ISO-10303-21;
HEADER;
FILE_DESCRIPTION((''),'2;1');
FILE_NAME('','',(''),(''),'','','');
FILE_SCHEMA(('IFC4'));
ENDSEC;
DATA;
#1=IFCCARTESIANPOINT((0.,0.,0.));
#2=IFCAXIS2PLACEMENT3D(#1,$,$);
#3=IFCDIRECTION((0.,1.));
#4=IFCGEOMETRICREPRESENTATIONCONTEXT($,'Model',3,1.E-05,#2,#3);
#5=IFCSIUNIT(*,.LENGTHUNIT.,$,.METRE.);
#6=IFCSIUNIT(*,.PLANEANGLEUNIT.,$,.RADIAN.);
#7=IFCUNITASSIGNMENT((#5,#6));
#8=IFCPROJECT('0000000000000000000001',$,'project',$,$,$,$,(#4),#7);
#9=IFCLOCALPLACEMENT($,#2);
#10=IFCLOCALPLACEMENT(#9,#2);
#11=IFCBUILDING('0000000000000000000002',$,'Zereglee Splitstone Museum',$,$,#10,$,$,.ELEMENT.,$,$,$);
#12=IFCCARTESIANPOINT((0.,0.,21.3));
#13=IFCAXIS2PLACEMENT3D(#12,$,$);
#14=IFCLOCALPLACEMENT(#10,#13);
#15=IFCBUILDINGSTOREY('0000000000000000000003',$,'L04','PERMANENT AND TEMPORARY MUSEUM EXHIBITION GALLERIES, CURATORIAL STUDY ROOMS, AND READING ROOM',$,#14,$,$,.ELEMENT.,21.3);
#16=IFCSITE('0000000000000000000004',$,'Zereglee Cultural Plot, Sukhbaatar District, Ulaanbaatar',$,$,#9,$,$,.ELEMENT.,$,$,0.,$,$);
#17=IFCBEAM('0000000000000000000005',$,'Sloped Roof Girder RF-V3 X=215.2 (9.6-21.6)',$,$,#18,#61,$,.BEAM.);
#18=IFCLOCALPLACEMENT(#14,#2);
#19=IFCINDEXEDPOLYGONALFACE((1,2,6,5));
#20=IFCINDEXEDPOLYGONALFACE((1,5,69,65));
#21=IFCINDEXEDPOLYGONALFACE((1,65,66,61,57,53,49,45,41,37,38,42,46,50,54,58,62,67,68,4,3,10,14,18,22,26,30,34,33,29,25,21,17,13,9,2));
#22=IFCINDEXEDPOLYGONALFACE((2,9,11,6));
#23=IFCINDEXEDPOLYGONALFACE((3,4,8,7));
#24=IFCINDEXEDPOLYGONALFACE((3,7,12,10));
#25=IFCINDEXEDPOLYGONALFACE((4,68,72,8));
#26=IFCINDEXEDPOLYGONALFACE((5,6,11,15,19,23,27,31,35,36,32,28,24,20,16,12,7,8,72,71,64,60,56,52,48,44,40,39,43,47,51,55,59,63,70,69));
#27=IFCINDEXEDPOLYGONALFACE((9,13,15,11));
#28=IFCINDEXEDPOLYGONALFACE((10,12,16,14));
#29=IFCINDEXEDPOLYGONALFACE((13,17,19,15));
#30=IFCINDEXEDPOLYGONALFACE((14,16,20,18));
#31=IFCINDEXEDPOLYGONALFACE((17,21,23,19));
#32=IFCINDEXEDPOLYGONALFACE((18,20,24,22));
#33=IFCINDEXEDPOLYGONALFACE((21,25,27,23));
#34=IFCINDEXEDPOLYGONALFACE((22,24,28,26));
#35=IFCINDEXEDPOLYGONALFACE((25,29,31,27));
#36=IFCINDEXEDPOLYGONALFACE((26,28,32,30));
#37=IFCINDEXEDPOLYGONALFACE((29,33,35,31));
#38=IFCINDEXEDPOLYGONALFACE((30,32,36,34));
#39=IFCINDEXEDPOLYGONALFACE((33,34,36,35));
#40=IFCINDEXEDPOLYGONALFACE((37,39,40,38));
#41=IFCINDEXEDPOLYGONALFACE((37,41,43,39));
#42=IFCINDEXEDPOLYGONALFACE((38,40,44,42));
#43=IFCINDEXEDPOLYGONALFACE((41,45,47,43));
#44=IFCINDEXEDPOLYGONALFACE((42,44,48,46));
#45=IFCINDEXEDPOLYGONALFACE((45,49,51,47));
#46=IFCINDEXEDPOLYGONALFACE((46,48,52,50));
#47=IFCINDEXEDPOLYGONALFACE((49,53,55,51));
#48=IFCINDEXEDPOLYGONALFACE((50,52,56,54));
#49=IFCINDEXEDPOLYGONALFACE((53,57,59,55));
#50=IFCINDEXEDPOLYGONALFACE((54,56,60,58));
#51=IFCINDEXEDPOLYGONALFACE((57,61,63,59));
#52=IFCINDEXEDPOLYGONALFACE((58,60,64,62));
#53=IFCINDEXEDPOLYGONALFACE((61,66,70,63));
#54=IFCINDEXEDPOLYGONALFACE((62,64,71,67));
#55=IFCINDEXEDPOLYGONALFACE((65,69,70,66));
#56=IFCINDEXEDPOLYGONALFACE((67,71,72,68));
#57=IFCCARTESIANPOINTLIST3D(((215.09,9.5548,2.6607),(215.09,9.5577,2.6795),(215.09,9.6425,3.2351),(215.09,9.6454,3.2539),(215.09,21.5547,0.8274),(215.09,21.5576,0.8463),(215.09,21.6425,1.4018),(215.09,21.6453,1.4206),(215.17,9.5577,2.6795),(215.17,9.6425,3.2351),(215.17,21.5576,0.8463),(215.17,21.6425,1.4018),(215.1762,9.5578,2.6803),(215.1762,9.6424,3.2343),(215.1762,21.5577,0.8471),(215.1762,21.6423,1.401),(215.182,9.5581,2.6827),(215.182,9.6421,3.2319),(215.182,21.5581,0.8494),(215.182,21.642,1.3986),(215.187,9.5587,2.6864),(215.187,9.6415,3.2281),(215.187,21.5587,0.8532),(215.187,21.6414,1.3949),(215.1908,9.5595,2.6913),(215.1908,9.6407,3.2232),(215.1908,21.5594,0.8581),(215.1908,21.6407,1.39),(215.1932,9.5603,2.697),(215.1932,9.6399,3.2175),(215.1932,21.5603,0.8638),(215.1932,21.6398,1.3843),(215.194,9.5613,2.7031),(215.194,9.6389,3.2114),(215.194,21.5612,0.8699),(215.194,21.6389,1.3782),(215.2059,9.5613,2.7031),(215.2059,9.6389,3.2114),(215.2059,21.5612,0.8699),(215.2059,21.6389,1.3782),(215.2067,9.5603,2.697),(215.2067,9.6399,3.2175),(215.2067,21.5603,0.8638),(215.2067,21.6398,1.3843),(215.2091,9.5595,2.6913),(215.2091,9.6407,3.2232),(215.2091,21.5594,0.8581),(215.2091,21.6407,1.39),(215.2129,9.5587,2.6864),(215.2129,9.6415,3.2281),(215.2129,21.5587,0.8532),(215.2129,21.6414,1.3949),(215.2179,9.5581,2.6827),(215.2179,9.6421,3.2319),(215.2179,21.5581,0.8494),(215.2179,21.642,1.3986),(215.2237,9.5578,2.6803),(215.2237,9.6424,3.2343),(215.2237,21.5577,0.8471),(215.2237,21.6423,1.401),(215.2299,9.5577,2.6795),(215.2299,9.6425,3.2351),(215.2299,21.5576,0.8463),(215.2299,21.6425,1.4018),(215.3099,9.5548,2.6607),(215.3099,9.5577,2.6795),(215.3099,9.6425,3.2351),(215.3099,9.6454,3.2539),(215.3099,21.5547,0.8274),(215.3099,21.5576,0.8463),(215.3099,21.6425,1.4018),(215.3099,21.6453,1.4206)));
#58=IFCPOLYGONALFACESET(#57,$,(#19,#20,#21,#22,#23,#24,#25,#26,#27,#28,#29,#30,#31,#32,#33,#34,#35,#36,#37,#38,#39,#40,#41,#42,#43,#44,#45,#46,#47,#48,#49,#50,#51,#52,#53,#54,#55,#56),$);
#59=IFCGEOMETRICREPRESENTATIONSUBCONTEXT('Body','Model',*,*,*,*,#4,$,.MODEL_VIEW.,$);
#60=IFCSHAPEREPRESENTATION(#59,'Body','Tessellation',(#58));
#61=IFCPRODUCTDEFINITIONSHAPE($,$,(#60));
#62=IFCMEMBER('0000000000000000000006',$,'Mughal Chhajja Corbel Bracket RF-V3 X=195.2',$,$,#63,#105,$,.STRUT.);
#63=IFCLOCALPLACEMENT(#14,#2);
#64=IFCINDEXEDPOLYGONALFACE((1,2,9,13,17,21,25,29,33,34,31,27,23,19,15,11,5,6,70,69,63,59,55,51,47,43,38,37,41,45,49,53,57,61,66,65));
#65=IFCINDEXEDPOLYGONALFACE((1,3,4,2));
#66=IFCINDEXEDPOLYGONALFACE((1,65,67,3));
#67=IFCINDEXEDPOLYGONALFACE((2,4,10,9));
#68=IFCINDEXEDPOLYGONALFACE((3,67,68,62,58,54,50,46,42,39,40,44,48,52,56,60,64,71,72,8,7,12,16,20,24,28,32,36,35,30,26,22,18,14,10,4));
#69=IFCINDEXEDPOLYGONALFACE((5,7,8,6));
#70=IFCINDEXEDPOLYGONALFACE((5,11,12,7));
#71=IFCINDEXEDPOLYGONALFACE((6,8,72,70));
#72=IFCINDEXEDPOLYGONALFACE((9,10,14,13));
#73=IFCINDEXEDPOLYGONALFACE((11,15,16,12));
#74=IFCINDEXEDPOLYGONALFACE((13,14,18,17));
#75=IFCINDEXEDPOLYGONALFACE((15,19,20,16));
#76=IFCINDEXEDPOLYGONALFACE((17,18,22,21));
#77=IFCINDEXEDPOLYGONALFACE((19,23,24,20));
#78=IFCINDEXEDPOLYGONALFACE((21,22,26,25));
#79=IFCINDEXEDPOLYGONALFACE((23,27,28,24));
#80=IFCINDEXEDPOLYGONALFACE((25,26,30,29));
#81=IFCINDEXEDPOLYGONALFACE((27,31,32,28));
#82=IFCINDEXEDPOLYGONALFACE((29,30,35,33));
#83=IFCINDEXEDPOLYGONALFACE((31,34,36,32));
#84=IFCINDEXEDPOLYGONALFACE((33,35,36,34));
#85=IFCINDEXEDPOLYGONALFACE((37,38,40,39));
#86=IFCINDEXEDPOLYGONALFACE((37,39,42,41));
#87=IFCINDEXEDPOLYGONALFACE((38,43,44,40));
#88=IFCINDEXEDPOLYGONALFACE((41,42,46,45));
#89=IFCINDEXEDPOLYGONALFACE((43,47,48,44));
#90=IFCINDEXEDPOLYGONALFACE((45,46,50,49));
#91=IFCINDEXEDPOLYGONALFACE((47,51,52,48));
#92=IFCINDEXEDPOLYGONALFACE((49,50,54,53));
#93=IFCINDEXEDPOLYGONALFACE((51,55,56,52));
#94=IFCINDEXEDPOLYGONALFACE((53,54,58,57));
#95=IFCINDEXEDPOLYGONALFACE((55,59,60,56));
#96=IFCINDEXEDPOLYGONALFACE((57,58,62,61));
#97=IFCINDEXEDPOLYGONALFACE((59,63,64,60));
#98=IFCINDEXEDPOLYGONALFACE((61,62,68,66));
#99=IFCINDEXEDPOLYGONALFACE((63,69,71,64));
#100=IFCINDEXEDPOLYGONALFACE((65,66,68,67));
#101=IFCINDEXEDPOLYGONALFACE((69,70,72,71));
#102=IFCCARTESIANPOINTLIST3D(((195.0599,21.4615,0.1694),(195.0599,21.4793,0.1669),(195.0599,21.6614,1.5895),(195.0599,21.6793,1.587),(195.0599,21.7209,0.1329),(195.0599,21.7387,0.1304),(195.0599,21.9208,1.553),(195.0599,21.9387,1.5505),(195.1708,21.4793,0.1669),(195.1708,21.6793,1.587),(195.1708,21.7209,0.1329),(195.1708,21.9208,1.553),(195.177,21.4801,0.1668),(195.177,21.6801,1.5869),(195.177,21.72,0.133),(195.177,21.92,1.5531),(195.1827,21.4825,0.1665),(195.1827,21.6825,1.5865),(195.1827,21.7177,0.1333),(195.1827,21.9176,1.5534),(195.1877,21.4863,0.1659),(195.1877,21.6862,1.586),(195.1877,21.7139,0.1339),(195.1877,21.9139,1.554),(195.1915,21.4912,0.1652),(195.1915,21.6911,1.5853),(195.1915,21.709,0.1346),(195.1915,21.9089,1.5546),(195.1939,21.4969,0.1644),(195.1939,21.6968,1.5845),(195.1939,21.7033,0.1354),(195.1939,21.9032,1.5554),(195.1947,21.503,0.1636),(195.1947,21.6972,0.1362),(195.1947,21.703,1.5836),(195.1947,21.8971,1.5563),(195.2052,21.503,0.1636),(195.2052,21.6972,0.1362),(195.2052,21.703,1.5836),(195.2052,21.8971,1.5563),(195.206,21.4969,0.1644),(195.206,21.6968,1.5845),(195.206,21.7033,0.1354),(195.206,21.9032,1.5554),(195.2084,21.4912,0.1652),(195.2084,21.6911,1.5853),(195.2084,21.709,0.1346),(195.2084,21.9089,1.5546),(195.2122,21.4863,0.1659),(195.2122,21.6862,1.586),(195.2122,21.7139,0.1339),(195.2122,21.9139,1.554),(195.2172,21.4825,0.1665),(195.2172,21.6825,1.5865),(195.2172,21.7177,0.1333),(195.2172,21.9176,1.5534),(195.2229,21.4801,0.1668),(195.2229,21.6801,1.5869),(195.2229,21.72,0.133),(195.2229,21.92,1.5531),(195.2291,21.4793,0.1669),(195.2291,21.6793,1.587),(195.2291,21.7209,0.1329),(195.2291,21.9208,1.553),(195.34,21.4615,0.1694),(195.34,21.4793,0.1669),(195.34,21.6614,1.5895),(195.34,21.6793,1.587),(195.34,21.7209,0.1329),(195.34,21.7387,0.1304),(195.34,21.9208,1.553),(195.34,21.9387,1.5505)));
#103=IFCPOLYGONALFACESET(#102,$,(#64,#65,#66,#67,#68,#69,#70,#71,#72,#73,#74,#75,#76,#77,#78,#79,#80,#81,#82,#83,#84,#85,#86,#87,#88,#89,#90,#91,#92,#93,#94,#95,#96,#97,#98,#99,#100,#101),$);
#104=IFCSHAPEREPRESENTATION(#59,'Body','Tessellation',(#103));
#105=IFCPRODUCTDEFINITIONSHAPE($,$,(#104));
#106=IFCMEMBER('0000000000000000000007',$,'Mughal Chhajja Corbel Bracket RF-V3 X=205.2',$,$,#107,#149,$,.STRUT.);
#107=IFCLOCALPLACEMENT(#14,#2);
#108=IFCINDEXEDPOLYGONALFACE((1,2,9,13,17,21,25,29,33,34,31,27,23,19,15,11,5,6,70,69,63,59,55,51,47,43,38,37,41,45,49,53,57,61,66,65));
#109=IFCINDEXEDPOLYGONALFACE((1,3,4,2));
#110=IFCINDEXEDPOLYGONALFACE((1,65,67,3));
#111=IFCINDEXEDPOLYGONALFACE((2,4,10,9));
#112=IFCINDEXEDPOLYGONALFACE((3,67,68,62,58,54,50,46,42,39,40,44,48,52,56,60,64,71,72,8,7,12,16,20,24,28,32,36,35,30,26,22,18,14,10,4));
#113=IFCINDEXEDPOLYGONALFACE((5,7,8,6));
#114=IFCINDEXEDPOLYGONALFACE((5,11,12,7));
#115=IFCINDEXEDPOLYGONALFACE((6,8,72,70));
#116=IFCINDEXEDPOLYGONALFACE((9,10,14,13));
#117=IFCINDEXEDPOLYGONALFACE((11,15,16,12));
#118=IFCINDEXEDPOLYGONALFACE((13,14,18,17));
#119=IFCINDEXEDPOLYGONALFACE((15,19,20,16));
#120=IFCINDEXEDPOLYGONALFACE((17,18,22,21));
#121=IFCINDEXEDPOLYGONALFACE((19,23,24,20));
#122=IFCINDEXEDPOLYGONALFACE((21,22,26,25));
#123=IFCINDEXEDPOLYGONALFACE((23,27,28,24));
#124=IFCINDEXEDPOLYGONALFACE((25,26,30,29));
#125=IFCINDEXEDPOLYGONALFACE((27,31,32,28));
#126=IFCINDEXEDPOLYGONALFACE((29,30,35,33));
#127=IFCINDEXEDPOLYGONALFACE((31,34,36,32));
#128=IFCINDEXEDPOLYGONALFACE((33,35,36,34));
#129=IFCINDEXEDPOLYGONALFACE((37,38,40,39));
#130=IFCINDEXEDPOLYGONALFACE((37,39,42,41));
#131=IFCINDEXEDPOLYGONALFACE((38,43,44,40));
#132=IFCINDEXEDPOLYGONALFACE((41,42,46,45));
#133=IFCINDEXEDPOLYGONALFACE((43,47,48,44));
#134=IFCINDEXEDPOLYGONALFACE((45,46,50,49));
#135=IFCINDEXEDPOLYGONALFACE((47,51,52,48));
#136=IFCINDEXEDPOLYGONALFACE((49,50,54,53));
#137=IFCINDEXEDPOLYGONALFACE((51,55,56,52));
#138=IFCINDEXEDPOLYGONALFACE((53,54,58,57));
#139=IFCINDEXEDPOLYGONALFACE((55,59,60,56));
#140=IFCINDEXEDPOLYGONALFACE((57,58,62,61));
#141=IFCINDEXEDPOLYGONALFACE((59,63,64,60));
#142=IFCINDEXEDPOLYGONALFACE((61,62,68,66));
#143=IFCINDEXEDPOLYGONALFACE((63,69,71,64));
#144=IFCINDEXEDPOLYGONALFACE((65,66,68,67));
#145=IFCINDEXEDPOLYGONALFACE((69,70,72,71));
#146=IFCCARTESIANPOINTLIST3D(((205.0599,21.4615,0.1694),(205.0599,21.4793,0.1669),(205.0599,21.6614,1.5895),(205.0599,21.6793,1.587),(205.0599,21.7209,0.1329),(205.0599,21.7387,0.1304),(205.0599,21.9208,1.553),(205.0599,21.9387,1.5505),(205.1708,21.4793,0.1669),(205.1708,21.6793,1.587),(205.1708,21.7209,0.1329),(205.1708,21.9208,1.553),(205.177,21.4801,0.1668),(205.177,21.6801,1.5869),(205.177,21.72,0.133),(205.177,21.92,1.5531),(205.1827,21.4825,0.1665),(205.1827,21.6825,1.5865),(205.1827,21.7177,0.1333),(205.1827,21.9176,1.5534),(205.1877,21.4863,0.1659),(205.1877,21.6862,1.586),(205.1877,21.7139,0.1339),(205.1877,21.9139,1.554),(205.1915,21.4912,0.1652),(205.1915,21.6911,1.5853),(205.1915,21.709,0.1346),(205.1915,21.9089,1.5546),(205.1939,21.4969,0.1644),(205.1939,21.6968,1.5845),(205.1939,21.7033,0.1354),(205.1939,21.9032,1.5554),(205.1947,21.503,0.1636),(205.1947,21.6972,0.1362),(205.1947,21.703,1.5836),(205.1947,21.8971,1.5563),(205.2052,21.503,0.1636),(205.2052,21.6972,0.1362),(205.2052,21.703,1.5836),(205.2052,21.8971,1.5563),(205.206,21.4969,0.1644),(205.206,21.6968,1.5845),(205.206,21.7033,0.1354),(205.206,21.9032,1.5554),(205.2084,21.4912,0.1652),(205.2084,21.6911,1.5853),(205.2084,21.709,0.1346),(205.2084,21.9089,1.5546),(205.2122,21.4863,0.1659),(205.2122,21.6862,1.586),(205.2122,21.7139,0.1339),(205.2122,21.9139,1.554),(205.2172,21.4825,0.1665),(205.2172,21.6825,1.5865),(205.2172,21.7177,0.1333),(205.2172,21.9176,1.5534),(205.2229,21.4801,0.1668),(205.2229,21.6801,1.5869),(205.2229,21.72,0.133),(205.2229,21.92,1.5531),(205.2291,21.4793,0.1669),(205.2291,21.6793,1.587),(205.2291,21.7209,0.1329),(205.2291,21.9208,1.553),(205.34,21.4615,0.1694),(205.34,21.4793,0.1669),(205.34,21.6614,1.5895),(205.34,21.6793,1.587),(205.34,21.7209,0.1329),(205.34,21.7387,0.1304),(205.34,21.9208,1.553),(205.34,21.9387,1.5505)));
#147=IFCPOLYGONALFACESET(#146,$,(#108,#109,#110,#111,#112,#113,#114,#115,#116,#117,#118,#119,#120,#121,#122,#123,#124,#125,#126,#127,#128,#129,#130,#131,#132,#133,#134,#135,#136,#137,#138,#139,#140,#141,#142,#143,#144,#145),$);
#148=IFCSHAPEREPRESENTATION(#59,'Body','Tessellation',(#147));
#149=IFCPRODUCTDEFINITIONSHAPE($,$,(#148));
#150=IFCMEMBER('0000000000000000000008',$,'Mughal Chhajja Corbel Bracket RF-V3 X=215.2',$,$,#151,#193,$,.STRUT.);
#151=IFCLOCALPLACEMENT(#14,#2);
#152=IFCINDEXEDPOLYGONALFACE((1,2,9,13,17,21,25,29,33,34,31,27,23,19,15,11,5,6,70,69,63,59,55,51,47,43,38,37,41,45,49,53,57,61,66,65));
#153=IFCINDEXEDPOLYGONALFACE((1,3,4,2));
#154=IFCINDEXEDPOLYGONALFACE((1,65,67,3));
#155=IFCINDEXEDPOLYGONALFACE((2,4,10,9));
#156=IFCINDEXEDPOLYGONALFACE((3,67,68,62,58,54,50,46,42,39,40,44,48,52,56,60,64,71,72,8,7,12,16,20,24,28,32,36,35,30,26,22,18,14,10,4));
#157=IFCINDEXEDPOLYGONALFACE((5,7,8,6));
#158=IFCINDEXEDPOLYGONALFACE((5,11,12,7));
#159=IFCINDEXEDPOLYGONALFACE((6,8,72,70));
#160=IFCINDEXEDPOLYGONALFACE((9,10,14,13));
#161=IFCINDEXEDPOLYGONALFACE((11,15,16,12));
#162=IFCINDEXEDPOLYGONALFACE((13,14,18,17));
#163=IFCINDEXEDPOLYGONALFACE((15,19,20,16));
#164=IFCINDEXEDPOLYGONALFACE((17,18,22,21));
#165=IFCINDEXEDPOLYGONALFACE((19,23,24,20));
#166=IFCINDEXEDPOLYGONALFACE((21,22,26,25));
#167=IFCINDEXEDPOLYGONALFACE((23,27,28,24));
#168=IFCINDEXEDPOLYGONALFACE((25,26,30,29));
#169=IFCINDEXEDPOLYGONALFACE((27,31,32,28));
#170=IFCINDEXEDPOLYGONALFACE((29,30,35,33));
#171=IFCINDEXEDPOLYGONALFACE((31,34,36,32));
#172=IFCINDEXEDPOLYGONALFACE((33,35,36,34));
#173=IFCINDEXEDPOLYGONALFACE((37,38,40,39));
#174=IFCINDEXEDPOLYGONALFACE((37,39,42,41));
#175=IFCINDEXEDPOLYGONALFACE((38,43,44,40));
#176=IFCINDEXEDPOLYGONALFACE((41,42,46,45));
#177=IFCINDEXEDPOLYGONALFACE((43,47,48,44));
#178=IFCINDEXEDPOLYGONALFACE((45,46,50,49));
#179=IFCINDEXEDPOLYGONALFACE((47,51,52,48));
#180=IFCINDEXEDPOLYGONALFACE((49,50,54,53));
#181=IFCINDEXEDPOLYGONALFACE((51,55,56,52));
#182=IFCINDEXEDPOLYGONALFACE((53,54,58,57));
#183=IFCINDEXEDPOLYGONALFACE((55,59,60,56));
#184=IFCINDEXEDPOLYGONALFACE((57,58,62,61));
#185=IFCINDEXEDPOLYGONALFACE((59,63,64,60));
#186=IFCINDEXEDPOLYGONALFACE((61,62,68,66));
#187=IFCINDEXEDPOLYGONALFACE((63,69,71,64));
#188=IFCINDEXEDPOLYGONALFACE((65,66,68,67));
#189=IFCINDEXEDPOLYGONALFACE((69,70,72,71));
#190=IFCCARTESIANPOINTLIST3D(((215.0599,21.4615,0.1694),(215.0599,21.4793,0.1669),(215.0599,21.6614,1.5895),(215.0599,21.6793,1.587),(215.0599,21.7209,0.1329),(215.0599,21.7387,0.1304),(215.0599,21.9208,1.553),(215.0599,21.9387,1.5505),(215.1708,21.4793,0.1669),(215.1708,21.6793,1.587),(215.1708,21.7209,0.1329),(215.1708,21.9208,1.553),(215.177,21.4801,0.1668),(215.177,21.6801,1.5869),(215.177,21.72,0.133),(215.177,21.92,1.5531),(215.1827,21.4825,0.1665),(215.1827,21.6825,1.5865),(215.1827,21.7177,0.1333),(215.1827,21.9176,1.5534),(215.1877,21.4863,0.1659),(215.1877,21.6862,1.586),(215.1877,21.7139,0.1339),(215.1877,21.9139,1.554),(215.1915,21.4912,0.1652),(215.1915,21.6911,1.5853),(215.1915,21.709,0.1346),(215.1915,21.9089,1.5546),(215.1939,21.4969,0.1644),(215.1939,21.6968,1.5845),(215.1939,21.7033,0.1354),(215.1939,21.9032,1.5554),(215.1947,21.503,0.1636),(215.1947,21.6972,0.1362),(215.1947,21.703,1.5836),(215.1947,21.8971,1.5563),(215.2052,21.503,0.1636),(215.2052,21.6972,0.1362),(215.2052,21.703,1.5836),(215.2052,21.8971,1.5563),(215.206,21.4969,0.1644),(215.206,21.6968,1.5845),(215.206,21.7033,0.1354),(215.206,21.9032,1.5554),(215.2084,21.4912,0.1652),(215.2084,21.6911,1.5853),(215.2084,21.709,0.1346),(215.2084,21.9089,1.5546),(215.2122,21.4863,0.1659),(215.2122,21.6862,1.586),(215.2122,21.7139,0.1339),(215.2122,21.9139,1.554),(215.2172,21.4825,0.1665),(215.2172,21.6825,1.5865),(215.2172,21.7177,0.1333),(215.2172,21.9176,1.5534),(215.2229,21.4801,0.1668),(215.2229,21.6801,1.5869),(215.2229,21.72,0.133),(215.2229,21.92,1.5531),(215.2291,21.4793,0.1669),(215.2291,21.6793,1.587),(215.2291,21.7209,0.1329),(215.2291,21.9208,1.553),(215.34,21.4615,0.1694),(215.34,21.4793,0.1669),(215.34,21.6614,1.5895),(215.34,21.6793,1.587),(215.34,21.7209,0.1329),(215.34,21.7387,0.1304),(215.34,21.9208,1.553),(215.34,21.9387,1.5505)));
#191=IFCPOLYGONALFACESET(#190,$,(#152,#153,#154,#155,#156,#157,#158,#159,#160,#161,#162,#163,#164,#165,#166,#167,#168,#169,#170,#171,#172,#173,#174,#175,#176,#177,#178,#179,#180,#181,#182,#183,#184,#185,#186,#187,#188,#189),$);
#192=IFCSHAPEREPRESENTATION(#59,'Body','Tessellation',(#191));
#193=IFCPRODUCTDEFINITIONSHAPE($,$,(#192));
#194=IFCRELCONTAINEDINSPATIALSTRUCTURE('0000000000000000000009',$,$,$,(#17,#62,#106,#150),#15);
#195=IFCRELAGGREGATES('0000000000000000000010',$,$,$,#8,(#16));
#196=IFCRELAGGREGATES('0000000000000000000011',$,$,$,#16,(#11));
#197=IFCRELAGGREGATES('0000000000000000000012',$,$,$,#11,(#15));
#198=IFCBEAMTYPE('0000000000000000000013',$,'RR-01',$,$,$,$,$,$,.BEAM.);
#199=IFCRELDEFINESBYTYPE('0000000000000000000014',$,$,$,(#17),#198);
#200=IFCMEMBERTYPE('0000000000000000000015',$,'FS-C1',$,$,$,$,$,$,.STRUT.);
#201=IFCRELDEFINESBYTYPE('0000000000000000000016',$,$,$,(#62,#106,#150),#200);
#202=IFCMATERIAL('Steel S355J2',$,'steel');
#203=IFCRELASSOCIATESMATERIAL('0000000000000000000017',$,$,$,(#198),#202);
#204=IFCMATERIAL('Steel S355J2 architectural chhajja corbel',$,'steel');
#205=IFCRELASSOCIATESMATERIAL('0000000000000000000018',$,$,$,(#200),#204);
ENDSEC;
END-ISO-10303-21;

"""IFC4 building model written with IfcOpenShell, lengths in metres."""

from ifc_helpers import new_model, si_unit, direction, frame, origin, origin_2d, place, context, subcontext, project, spatial, i_section, extrude, material, material_profile, profile_set, type_object, element, save


model = new_model("IFC4")

# Units and contexts
model_context = context("Model", 3, precision=1e-05, world=origin(), true_north=direction((0.0, 1.0)))
body_context = subcontext(model_context, "Body", "Model", "MODEL_VIEW")
ifc_project = project(units=[si_unit("LENGTHUNIT", "METRE"), si_unit("PLANEANGLEUNIT", "RADIAN")], contexts=[model_context])

# Site, building, storey
site_placement = place(None, origin())
site = spatial("IfcSite", under=ifc_project, at=site_placement, Name="Zereglee Cultural Plot, Sukhbaatar District, Ulaanbaatar", CompositionType="ELEMENT", RefElevation=0.0)
building_placement = place(site_placement, origin())
building = spatial("IfcBuilding", under=site, at=building_placement, Name="Zereglee Splitstone Museum", CompositionType="ELEMENT")
storey_placement = place(building_placement, frame((0.0, 0.0, 21.3)))
storey = spatial("IfcBuildingStorey", under=building, at=storey_placement, Name="L04", Description="PERMANENT AND TEMPORARY MUSEUM EXHIBITION GALLERIES, CURATORIAL STUDY ROOMS, AND READING ROOM", CompositionType="ELEMENT", Elevation=21.3)

# Shared definitions
ifc_material_1 = material(Name="Steel S355J2", Category="steel")

# Beam
ifc_material_profile_1 = material_profile(ifc_material_1, i_section(OverallWidth=0.22, OverallDepth=0.6001, WebThickness=0.012, FlangeThickness=0.019, FilletRadius=0.0239, at=origin_2d()), Name="IPE 600")
ifc_profile_set_1 = profile_set([ifc_material_profile_1], Name="Steel S355J2")
beam_type = type_object("IfcBeamType", Name="RR-01", PredefinedType="BEAM", material=ifc_profile_set_1)
beam_1_placement = place(storey_placement, frame((215.2, 9.6001, 2.9573), z_axis=(0.0, 0.988531, -0.151019), x_axis=(-1.0, 0.0, 0.0)))
element("IfcBeam", 1, at=beam_1_placement, inside=storey, type_object=beam_type, Name="Sloped Roof Girder RF-V3 X=215.2 (9.6-21.6)", PredefinedType="BEAM", context=body_context, shape_type="SweptSolid", body=[
    extrude(i_section(OverallWidth=0.22, OverallDepth=0.6001, WebThickness=0.012, FlangeThickness=0.019, FilletRadius=0.0239, at=origin_2d()), origin(), (0.0, 0.0, 1.0), 12.1392),
])

# Members
ifc_material_2 = material(Name="Steel S355J2 architectural chhajja corbel", Category="steel")
ifc_material_profile_2 = material_profile(ifc_material_2, i_section(OverallWidth=0.28, OverallDepth=0.28, WebThickness=0.0105, FlangeThickness=0.0181, FilletRadius=0.0239, at=origin_2d()), Name="HE 280 B")
ifc_profile_set_2 = profile_set([ifc_material_profile_2], Name="Steel S355J2 architectural chhajja corbel")
member_type_1 = type_object("IfcMemberType", Name="FS-C1", PredefinedType="STRUT", material=ifc_profile_set_2)
for number, where, z_axis, x_axis, name in (
    (2, (195.2, 21.6001, 0.1499), (0.0, 0.139419, 0.990233), (-1.0, 0.0, 0.0), "Mughal Chhajja Corbel Bracket RF-V3 X=195.2"),
    (3, (205.2, 21.6001, 0.1499), (0.0, 0.139419, 0.990233), (-1.0, 0.0, 0.0), "Mughal Chhajja Corbel Bracket RF-V3 X=205.2"),
    (4, (215.2, 21.6001, 0.1499), (0.0, 0.139419, 0.990233), (-1.0, 0.0, 0.0), "Mughal Chhajja Corbel Bracket RF-V3 X=215.2"),
):
    element("IfcMember", number, at=place(storey_placement, frame(where, z_axis=z_axis, x_axis=x_axis)), inside=storey, type_object=member_type_1, Name=name, PredefinedType="STRUT", context=body_context, shape_type="SweptSolid", body=[
        extrude(i_section(OverallWidth=0.28, OverallDepth=0.28, WebThickness=0.0105, FlangeThickness=0.0181, FilletRadius=0.0239, at=origin_2d()), origin(), (0.0, 0.0, 1.0), 1.4341),
    ])

save(model, "model.ifc")
